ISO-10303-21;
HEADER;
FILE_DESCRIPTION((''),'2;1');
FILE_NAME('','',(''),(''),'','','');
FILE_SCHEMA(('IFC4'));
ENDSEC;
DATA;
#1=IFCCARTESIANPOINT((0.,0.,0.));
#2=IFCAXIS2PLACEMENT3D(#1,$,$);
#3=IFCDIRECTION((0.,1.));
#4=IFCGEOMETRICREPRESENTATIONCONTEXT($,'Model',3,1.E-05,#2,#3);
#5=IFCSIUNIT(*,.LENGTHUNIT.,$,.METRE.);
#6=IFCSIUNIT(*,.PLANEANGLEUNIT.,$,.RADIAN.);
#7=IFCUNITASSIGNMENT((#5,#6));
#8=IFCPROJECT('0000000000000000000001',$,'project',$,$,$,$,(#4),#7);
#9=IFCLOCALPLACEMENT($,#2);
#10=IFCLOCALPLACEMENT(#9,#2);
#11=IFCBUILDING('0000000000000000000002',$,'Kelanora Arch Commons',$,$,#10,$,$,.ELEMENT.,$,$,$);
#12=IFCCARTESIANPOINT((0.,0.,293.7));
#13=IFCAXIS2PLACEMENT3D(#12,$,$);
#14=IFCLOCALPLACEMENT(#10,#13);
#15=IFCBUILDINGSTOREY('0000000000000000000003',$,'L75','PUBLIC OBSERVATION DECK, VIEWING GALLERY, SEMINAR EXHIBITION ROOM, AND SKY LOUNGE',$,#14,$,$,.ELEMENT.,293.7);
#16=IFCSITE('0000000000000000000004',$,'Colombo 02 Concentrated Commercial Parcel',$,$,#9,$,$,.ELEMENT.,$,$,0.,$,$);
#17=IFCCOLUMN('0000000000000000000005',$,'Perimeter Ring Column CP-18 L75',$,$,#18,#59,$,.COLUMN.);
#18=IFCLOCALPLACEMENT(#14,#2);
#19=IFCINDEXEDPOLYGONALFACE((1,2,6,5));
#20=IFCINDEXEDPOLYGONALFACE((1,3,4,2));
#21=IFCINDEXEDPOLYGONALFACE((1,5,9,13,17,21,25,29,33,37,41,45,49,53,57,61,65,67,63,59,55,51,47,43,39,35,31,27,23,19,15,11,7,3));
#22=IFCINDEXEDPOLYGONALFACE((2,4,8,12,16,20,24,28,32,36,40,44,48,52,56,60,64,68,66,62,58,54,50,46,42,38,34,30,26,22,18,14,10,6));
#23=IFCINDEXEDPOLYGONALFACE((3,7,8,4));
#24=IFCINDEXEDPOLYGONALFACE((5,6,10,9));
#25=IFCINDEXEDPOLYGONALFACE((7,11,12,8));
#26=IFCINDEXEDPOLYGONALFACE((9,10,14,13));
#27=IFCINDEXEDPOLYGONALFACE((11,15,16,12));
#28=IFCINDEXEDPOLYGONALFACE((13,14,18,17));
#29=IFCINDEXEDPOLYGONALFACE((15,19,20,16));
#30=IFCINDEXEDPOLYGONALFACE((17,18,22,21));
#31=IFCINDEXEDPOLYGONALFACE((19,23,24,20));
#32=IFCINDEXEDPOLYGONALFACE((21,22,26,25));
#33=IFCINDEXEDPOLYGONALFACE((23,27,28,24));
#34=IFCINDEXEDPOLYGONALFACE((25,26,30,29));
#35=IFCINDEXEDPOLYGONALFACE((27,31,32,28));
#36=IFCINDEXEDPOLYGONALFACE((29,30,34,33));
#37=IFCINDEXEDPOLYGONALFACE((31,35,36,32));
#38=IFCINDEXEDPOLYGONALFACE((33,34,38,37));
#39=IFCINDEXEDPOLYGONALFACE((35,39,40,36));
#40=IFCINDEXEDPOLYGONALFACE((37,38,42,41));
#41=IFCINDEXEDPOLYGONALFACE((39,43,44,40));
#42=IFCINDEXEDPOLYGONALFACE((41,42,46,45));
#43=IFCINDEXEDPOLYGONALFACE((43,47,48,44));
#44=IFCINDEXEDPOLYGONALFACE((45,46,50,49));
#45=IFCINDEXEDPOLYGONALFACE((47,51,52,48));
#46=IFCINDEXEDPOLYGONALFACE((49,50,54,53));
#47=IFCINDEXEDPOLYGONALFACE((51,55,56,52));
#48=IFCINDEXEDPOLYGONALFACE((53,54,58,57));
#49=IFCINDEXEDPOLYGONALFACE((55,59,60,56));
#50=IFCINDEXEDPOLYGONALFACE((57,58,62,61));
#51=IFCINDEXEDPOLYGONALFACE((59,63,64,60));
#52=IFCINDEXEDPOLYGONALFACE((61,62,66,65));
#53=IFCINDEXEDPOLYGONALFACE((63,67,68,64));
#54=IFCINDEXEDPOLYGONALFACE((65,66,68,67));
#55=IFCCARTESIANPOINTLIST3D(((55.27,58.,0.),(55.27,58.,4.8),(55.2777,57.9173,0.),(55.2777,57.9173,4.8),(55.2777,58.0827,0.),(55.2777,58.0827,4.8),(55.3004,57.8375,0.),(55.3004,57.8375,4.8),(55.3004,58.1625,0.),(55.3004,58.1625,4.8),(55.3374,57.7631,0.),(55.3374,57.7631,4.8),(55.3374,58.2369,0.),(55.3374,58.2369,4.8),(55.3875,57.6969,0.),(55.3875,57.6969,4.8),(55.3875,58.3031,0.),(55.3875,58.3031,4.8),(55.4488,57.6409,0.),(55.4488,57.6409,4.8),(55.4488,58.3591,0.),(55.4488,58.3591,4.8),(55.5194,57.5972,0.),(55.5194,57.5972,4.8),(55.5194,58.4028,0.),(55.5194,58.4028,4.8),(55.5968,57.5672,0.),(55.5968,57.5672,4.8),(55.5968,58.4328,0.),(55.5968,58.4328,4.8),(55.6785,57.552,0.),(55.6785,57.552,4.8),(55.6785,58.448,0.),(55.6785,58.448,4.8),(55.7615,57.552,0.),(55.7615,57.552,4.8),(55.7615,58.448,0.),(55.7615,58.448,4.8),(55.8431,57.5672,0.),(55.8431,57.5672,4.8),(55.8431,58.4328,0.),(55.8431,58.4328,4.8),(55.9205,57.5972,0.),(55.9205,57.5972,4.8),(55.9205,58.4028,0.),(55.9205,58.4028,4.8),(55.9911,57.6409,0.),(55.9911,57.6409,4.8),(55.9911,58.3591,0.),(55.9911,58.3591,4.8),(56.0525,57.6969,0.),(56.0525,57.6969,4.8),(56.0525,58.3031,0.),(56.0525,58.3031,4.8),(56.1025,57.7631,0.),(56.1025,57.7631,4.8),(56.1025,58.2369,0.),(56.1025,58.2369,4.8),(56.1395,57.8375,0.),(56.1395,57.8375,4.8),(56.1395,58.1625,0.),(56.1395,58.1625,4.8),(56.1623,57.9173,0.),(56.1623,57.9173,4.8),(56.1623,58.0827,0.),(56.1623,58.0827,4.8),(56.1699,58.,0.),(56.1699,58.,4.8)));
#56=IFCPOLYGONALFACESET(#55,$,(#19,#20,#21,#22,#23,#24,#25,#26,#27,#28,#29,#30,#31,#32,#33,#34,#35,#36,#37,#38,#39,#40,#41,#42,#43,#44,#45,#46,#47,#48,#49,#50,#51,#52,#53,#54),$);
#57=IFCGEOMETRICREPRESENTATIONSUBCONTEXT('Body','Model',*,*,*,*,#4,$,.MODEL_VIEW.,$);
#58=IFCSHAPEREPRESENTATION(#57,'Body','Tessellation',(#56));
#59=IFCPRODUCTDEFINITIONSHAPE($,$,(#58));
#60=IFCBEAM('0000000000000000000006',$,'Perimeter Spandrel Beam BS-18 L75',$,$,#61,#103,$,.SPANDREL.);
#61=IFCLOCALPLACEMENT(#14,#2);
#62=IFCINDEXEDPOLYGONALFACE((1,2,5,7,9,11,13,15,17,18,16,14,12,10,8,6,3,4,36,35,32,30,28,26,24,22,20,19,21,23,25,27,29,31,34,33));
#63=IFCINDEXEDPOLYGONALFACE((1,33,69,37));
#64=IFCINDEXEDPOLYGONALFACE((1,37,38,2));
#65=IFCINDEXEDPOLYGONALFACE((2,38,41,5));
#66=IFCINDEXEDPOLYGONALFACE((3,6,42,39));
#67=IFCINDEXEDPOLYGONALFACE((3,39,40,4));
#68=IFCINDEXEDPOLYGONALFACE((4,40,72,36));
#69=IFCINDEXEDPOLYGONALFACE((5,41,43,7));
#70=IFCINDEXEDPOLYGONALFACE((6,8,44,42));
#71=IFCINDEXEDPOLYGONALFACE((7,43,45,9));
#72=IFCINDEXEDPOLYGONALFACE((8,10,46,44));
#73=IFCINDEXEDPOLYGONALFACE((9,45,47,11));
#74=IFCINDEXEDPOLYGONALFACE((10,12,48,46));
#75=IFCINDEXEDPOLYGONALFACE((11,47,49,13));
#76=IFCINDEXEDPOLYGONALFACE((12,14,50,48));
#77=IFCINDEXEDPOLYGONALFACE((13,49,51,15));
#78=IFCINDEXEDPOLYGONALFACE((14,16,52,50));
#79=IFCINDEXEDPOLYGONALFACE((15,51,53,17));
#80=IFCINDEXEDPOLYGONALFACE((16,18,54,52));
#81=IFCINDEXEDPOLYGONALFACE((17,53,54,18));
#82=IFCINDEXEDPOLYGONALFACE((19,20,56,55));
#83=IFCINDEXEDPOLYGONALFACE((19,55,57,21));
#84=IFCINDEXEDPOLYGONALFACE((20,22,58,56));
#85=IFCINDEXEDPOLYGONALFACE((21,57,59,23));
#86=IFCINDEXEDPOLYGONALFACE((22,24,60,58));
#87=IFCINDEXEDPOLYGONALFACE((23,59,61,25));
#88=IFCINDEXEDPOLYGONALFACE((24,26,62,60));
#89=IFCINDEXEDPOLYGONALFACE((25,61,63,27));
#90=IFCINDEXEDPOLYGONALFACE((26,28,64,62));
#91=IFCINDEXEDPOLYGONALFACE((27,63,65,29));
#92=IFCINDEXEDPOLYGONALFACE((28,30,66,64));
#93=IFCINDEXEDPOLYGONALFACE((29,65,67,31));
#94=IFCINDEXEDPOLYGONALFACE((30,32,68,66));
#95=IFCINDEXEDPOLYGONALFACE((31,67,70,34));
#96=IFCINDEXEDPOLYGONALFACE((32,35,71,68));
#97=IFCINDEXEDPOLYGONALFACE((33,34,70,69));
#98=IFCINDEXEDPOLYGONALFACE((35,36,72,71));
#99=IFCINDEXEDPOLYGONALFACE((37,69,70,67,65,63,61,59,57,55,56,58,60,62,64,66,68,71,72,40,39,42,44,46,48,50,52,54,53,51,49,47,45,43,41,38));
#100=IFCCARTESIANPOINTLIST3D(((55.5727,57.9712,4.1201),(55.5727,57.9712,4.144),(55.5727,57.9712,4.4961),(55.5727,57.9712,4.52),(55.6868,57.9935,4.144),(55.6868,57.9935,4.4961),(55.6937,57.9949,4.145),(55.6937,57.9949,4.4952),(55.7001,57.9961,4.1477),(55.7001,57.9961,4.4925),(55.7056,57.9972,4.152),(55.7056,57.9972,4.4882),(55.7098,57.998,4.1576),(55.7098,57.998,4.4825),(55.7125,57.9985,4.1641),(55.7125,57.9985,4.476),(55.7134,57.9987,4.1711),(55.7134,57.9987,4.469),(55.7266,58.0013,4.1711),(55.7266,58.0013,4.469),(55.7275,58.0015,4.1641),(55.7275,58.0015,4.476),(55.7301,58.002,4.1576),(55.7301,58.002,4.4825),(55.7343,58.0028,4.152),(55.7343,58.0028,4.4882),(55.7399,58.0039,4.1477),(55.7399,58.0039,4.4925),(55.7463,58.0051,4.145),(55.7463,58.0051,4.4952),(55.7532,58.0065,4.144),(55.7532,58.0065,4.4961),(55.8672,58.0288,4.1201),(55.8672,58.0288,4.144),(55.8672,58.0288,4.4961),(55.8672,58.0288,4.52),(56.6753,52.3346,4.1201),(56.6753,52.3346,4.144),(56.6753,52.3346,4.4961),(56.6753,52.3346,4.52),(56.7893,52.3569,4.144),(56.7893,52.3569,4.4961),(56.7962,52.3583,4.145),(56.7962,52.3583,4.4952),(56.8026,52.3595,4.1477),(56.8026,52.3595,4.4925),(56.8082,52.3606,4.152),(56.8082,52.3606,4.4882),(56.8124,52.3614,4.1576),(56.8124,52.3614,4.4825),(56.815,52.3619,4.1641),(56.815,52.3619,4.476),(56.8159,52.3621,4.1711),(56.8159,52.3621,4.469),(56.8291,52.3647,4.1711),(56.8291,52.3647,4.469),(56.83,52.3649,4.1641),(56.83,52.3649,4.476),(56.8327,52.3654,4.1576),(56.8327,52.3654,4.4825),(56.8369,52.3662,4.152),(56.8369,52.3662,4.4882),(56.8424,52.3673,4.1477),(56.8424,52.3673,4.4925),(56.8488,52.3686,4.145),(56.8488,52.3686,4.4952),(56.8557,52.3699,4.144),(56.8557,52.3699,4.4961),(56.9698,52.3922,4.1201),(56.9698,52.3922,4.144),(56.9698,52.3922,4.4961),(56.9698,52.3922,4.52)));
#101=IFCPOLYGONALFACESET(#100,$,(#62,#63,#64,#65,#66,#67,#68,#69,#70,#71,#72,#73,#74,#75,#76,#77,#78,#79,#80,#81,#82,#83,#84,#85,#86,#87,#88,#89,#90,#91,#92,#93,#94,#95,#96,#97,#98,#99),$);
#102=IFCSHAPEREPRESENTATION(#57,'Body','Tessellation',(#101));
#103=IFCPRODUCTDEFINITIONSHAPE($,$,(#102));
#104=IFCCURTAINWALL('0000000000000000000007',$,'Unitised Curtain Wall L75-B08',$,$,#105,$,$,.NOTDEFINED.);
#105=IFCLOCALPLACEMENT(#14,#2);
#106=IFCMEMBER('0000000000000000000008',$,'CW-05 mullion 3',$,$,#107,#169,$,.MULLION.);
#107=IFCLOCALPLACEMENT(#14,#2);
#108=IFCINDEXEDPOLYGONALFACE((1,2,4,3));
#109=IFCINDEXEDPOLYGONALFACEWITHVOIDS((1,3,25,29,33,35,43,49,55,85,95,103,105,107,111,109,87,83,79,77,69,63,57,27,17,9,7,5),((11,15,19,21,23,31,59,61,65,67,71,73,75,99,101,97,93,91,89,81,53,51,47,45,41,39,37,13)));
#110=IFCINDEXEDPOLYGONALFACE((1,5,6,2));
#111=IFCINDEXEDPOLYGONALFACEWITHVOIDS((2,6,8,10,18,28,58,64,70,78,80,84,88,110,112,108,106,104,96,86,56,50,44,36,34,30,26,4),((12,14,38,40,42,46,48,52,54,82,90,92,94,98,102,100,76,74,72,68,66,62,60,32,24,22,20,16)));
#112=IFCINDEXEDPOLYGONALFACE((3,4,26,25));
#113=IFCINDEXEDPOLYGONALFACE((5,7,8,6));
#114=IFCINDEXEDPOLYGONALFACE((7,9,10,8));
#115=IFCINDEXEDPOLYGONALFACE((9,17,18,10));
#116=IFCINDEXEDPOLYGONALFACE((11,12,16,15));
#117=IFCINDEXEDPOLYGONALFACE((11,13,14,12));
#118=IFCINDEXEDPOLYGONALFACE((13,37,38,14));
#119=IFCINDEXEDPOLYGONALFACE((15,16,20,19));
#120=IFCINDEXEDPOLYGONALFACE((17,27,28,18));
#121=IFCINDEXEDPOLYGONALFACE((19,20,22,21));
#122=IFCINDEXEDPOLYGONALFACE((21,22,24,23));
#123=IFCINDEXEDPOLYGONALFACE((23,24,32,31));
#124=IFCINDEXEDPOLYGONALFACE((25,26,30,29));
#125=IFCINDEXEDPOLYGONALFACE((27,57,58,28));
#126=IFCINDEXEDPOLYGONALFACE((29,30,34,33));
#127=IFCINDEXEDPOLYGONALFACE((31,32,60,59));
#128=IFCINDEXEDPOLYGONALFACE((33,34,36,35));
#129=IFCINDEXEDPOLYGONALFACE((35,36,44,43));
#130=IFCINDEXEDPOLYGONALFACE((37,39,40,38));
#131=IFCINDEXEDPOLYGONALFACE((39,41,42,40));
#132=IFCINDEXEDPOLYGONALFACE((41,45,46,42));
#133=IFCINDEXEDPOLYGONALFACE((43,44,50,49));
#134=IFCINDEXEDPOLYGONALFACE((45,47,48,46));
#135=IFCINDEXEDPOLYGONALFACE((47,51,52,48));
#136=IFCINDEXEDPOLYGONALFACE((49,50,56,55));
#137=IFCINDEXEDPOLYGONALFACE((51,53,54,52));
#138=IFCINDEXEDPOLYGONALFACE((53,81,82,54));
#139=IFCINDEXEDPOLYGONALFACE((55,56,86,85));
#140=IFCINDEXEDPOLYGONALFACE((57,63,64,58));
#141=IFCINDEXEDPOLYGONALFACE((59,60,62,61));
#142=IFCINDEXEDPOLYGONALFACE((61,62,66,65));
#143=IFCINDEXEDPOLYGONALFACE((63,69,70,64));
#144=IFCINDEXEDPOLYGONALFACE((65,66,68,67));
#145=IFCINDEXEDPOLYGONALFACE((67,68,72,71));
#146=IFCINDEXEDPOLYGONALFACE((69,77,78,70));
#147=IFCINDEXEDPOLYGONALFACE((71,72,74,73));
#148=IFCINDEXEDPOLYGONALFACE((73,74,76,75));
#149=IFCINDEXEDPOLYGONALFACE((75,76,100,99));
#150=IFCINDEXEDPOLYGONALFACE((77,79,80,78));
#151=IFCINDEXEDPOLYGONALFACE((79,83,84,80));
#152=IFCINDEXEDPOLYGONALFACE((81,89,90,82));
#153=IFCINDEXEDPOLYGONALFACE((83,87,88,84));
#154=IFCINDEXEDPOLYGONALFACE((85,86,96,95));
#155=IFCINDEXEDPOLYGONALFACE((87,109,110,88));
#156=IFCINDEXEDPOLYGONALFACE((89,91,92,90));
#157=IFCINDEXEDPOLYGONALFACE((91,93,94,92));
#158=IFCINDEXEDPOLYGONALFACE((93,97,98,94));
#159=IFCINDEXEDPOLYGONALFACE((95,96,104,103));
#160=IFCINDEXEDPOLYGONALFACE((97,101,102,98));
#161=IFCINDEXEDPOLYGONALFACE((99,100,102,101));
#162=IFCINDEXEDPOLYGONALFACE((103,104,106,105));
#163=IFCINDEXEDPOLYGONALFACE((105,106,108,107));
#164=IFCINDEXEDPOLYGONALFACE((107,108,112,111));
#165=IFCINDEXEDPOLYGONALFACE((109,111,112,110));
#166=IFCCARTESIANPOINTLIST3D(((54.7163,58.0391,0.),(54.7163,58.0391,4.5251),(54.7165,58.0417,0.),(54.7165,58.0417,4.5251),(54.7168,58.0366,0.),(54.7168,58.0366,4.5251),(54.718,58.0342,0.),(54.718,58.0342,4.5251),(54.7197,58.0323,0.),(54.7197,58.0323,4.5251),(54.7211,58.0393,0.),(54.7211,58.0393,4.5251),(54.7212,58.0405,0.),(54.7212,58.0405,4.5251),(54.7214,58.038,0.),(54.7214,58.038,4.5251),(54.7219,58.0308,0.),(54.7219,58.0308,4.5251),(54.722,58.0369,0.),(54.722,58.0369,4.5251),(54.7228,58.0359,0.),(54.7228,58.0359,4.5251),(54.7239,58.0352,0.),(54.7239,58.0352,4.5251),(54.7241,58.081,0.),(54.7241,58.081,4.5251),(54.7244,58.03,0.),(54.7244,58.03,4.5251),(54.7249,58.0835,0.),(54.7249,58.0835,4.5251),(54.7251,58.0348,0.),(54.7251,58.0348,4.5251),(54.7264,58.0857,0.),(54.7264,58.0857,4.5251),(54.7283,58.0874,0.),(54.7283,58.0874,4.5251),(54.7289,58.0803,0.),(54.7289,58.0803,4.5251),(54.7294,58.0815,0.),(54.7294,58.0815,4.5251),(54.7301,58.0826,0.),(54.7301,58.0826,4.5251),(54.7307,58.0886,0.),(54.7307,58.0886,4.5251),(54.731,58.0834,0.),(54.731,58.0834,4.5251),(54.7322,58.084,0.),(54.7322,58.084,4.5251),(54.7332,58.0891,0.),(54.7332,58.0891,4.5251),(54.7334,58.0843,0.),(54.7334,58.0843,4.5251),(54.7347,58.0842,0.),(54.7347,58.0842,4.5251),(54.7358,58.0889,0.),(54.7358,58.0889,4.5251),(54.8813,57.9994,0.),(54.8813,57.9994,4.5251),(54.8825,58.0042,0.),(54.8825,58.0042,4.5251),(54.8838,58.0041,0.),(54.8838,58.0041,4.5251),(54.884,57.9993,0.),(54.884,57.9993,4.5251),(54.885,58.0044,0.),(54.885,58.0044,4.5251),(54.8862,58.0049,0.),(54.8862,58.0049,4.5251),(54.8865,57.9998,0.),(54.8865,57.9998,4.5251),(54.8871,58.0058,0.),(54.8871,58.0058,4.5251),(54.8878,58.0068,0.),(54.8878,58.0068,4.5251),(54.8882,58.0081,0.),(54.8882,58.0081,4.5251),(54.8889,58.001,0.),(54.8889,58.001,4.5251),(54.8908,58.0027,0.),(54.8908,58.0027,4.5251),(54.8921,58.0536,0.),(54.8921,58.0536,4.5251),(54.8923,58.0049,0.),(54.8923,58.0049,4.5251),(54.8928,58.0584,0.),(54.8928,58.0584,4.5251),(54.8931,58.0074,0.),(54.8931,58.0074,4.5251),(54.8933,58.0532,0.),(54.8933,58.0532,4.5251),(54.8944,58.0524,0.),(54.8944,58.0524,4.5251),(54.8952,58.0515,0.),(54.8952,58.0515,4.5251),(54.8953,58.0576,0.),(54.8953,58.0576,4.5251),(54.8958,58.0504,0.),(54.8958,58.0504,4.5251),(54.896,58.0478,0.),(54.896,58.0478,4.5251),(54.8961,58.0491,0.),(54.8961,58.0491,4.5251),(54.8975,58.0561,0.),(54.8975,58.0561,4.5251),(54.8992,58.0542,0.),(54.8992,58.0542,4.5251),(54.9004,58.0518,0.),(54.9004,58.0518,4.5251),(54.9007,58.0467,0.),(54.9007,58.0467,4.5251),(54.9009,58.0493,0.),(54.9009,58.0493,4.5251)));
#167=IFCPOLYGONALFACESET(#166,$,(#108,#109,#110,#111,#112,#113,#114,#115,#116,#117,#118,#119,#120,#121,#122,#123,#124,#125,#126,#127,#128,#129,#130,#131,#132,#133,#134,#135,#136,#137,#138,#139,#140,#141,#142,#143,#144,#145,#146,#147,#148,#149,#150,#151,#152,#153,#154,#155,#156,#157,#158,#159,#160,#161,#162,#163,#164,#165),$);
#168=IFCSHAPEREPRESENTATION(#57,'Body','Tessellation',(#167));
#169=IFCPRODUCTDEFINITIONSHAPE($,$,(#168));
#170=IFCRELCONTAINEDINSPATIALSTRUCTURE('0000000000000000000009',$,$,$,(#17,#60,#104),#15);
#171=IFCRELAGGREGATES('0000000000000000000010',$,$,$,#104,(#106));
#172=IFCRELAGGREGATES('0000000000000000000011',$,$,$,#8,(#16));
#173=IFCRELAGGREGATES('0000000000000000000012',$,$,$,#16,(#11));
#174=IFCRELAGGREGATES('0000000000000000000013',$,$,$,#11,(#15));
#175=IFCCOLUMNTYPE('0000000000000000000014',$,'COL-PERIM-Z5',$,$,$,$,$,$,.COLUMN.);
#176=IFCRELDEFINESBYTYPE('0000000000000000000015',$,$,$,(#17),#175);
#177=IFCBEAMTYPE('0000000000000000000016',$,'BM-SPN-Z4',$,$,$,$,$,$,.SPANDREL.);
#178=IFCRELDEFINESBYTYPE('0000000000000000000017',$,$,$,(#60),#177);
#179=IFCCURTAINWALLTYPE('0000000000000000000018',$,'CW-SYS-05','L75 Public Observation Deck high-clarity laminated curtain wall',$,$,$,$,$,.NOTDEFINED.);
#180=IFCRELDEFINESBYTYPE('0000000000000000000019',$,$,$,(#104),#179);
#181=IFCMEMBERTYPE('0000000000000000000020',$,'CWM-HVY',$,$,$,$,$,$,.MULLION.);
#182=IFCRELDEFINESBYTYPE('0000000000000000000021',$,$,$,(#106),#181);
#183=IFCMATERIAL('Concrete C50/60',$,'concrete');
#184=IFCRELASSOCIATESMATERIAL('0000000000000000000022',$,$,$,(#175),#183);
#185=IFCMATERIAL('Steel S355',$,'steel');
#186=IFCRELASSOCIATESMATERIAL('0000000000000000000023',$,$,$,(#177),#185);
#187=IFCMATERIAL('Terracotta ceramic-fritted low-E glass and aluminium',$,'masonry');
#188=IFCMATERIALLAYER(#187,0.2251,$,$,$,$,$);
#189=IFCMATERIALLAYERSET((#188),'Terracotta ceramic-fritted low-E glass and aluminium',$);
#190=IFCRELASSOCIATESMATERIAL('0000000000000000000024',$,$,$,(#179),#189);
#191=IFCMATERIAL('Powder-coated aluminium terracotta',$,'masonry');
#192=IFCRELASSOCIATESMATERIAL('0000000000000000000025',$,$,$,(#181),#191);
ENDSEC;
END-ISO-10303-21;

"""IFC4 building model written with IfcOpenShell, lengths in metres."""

from ifc_helpers import new_model, si_unit, direction, frame, origin, origin_2d, place, context, subcontext, project, spatial, hollow_rectangle, circle, i_section, extrude, material, layer, layer_set, material_profile, profile_set, type_object, element, aggregate, save


model = new_model("IFC4")

# Units and contexts
model_context = context("Model", 3, precision=1e-05, world=origin(), true_north=direction((0.0, 1.0)))
body_context = subcontext(model_context, "Body", "Model", "MODEL_VIEW")
ifc_project = project(units=[si_unit("LENGTHUNIT", "METRE"), si_unit("PLANEANGLEUNIT", "RADIAN")], contexts=[model_context])

# Site, building, storey
site_placement = place(None, origin())
site = spatial("IfcSite", under=ifc_project, at=site_placement, Name="Colombo 02 Concentrated Commercial Parcel", CompositionType="ELEMENT", RefElevation=0.0)
building_placement = place(site_placement, origin())
building = spatial("IfcBuilding", under=site, at=building_placement, Name="Kelanora Arch Commons", CompositionType="ELEMENT")
storey_placement = place(building_placement, frame((0.0, 0.0, 293.7)))
storey = spatial("IfcBuildingStorey", under=building, at=storey_placement, Name="L75", Description="PUBLIC OBSERVATION DECK, VIEWING GALLERY, SEMINAR EXHIBITION ROOM, AND SKY LOUNGE", CompositionType="ELEMENT", Elevation=293.7)

# Column
ifc_material_1 = material(Name="Concrete C50/60", Category="concrete")
ifc_material_profile_1 = material_profile(ifc_material_1, circle(Radius=0.45, at=origin_2d()), Name="RCC900")
ifc_profile_set_1 = profile_set([ifc_material_profile_1], Name="Concrete C50/60")
column_type = type_object("IfcColumnType", Name="COL-PERIM-Z5", PredefinedType="COLUMN", material=ifc_profile_set_1)
column_placement = place(storey_placement, frame((55.72, 58.0, 0.0), z_axis=(0.0, 0.0, 1.0), x_axis=(1.0, 0.0, 0.0)))
element("IfcColumn", 1, at=column_placement, inside=storey, type_object=column_type, Name="Perimeter Ring Column CP-18 L75", PredefinedType="COLUMN", context=body_context, shape_type="SweptSolid", body=[
    extrude(circle(Radius=0.45, at=origin_2d()), origin(), (0.0, 0.0, 1.0), 4.8),
])

# Beam
ifc_material_2 = material(Name="Steel S355", Category="steel")
ifc_material_profile_2 = material_profile(ifc_material_2, i_section(OverallWidth=0.3, OverallDepth=0.3999, WebThickness=0.0134, FlangeThickness=0.0239, FilletRadius=0.0271, at=origin_2d()), Name="HEB400")
ifc_profile_set_2 = profile_set([ifc_material_profile_2], Name="Steel S355")
beam_type = type_object("IfcBeamType", Name="BM-SPN-Z4", PredefinedType="SPANDREL", material=ifc_profile_set_2)
beam_placement = place(storey_placement, frame((55.72, 58.0, 4.3201), z_axis=(0.19197, -0.981401, 0.0), x_axis=(0.981401, 0.19197, 0.0)))
element("IfcBeam", 2, at=beam_placement, inside=storey, type_object=beam_type, Name="Perimeter Spandrel Beam BS-18 L75", PredefinedType="SPANDREL", context=body_context, shape_type="SweptSolid", body=[
    extrude(i_section(OverallWidth=0.3, OverallDepth=0.3999, WebThickness=0.0134, FlangeThickness=0.0239, FilletRadius=0.0271, at=origin_2d()), origin(), (0.0, 0.0, 1.0), 5.7434),
])

# Curtain wall, member
ifc_material_3 = material(Name="Terracotta ceramic-fritted low-E glass and aluminium", Category="masonry")
ifc_layer_1 = layer(ifc_material_3, 0.2251)
ifc_layer_set_1 = layer_set([ifc_layer_1], Name="Terracotta ceramic-fritted low-E glass and aluminium")
curtain_wall_type = type_object("IfcCurtainWallType", Name="CW-SYS-05", Description="L75 Public Observation Deck high-clarity laminated curtain wall", PredefinedType="NOTDEFINED", material=ifc_layer_set_1)
curtain_wall_1_placement = place(storey_placement, origin())
curtain_wall_1 = element("IfcCurtainWall", 3, at=curtain_wall_1_placement, inside=storey, type_object=curtain_wall_type, Name="Unitised Curtain Wall L75-B08", PredefinedType="NOTDEFINED")
ifc_material_4 = material(Name="Powder-coated aluminium terracotta", Category="masonry")
ifc_material_profile_3 = material_profile(ifc_material_4, hollow_rectangle(XDim=0.1799, YDim=0.0601, WallThickness=0.0049, InnerFilletRadius=0.0049, OuterFilletRadius=0.01, at=origin_2d()), Name="CWM180x60")
ifc_profile_set_3 = profile_set([ifc_material_profile_3], Name="Powder-coated aluminium terracotta")
member_type_1 = type_object("IfcMemberType", Name="CWM-HVY", PredefinedType="MULLION", material=ifc_profile_set_3)
member_1_placement = place(storey_placement, frame((54.8086, 58.0442, 0.0), z_axis=(0.0, 0.0, 1.0), x_axis=(0.981596, -0.190972, 0.0)))
member_1 = element("IfcMember", 4, at=member_1_placement, type_object=member_type_1, Name="CW-05 mullion 3", PredefinedType="MULLION", context=body_context, shape_type="SweptSolid", body=[
    extrude(hollow_rectangle(XDim=0.1799, YDim=0.0601, WallThickness=0.0049, InnerFilletRadius=0.0049, OuterFilletRadius=0.01, at=origin_2d()), origin(), (0.0, 0.0, 1.0), 4.5251),
])

aggregate(curtain_wall_1, [member_1])

save(model, "model.ifc")
